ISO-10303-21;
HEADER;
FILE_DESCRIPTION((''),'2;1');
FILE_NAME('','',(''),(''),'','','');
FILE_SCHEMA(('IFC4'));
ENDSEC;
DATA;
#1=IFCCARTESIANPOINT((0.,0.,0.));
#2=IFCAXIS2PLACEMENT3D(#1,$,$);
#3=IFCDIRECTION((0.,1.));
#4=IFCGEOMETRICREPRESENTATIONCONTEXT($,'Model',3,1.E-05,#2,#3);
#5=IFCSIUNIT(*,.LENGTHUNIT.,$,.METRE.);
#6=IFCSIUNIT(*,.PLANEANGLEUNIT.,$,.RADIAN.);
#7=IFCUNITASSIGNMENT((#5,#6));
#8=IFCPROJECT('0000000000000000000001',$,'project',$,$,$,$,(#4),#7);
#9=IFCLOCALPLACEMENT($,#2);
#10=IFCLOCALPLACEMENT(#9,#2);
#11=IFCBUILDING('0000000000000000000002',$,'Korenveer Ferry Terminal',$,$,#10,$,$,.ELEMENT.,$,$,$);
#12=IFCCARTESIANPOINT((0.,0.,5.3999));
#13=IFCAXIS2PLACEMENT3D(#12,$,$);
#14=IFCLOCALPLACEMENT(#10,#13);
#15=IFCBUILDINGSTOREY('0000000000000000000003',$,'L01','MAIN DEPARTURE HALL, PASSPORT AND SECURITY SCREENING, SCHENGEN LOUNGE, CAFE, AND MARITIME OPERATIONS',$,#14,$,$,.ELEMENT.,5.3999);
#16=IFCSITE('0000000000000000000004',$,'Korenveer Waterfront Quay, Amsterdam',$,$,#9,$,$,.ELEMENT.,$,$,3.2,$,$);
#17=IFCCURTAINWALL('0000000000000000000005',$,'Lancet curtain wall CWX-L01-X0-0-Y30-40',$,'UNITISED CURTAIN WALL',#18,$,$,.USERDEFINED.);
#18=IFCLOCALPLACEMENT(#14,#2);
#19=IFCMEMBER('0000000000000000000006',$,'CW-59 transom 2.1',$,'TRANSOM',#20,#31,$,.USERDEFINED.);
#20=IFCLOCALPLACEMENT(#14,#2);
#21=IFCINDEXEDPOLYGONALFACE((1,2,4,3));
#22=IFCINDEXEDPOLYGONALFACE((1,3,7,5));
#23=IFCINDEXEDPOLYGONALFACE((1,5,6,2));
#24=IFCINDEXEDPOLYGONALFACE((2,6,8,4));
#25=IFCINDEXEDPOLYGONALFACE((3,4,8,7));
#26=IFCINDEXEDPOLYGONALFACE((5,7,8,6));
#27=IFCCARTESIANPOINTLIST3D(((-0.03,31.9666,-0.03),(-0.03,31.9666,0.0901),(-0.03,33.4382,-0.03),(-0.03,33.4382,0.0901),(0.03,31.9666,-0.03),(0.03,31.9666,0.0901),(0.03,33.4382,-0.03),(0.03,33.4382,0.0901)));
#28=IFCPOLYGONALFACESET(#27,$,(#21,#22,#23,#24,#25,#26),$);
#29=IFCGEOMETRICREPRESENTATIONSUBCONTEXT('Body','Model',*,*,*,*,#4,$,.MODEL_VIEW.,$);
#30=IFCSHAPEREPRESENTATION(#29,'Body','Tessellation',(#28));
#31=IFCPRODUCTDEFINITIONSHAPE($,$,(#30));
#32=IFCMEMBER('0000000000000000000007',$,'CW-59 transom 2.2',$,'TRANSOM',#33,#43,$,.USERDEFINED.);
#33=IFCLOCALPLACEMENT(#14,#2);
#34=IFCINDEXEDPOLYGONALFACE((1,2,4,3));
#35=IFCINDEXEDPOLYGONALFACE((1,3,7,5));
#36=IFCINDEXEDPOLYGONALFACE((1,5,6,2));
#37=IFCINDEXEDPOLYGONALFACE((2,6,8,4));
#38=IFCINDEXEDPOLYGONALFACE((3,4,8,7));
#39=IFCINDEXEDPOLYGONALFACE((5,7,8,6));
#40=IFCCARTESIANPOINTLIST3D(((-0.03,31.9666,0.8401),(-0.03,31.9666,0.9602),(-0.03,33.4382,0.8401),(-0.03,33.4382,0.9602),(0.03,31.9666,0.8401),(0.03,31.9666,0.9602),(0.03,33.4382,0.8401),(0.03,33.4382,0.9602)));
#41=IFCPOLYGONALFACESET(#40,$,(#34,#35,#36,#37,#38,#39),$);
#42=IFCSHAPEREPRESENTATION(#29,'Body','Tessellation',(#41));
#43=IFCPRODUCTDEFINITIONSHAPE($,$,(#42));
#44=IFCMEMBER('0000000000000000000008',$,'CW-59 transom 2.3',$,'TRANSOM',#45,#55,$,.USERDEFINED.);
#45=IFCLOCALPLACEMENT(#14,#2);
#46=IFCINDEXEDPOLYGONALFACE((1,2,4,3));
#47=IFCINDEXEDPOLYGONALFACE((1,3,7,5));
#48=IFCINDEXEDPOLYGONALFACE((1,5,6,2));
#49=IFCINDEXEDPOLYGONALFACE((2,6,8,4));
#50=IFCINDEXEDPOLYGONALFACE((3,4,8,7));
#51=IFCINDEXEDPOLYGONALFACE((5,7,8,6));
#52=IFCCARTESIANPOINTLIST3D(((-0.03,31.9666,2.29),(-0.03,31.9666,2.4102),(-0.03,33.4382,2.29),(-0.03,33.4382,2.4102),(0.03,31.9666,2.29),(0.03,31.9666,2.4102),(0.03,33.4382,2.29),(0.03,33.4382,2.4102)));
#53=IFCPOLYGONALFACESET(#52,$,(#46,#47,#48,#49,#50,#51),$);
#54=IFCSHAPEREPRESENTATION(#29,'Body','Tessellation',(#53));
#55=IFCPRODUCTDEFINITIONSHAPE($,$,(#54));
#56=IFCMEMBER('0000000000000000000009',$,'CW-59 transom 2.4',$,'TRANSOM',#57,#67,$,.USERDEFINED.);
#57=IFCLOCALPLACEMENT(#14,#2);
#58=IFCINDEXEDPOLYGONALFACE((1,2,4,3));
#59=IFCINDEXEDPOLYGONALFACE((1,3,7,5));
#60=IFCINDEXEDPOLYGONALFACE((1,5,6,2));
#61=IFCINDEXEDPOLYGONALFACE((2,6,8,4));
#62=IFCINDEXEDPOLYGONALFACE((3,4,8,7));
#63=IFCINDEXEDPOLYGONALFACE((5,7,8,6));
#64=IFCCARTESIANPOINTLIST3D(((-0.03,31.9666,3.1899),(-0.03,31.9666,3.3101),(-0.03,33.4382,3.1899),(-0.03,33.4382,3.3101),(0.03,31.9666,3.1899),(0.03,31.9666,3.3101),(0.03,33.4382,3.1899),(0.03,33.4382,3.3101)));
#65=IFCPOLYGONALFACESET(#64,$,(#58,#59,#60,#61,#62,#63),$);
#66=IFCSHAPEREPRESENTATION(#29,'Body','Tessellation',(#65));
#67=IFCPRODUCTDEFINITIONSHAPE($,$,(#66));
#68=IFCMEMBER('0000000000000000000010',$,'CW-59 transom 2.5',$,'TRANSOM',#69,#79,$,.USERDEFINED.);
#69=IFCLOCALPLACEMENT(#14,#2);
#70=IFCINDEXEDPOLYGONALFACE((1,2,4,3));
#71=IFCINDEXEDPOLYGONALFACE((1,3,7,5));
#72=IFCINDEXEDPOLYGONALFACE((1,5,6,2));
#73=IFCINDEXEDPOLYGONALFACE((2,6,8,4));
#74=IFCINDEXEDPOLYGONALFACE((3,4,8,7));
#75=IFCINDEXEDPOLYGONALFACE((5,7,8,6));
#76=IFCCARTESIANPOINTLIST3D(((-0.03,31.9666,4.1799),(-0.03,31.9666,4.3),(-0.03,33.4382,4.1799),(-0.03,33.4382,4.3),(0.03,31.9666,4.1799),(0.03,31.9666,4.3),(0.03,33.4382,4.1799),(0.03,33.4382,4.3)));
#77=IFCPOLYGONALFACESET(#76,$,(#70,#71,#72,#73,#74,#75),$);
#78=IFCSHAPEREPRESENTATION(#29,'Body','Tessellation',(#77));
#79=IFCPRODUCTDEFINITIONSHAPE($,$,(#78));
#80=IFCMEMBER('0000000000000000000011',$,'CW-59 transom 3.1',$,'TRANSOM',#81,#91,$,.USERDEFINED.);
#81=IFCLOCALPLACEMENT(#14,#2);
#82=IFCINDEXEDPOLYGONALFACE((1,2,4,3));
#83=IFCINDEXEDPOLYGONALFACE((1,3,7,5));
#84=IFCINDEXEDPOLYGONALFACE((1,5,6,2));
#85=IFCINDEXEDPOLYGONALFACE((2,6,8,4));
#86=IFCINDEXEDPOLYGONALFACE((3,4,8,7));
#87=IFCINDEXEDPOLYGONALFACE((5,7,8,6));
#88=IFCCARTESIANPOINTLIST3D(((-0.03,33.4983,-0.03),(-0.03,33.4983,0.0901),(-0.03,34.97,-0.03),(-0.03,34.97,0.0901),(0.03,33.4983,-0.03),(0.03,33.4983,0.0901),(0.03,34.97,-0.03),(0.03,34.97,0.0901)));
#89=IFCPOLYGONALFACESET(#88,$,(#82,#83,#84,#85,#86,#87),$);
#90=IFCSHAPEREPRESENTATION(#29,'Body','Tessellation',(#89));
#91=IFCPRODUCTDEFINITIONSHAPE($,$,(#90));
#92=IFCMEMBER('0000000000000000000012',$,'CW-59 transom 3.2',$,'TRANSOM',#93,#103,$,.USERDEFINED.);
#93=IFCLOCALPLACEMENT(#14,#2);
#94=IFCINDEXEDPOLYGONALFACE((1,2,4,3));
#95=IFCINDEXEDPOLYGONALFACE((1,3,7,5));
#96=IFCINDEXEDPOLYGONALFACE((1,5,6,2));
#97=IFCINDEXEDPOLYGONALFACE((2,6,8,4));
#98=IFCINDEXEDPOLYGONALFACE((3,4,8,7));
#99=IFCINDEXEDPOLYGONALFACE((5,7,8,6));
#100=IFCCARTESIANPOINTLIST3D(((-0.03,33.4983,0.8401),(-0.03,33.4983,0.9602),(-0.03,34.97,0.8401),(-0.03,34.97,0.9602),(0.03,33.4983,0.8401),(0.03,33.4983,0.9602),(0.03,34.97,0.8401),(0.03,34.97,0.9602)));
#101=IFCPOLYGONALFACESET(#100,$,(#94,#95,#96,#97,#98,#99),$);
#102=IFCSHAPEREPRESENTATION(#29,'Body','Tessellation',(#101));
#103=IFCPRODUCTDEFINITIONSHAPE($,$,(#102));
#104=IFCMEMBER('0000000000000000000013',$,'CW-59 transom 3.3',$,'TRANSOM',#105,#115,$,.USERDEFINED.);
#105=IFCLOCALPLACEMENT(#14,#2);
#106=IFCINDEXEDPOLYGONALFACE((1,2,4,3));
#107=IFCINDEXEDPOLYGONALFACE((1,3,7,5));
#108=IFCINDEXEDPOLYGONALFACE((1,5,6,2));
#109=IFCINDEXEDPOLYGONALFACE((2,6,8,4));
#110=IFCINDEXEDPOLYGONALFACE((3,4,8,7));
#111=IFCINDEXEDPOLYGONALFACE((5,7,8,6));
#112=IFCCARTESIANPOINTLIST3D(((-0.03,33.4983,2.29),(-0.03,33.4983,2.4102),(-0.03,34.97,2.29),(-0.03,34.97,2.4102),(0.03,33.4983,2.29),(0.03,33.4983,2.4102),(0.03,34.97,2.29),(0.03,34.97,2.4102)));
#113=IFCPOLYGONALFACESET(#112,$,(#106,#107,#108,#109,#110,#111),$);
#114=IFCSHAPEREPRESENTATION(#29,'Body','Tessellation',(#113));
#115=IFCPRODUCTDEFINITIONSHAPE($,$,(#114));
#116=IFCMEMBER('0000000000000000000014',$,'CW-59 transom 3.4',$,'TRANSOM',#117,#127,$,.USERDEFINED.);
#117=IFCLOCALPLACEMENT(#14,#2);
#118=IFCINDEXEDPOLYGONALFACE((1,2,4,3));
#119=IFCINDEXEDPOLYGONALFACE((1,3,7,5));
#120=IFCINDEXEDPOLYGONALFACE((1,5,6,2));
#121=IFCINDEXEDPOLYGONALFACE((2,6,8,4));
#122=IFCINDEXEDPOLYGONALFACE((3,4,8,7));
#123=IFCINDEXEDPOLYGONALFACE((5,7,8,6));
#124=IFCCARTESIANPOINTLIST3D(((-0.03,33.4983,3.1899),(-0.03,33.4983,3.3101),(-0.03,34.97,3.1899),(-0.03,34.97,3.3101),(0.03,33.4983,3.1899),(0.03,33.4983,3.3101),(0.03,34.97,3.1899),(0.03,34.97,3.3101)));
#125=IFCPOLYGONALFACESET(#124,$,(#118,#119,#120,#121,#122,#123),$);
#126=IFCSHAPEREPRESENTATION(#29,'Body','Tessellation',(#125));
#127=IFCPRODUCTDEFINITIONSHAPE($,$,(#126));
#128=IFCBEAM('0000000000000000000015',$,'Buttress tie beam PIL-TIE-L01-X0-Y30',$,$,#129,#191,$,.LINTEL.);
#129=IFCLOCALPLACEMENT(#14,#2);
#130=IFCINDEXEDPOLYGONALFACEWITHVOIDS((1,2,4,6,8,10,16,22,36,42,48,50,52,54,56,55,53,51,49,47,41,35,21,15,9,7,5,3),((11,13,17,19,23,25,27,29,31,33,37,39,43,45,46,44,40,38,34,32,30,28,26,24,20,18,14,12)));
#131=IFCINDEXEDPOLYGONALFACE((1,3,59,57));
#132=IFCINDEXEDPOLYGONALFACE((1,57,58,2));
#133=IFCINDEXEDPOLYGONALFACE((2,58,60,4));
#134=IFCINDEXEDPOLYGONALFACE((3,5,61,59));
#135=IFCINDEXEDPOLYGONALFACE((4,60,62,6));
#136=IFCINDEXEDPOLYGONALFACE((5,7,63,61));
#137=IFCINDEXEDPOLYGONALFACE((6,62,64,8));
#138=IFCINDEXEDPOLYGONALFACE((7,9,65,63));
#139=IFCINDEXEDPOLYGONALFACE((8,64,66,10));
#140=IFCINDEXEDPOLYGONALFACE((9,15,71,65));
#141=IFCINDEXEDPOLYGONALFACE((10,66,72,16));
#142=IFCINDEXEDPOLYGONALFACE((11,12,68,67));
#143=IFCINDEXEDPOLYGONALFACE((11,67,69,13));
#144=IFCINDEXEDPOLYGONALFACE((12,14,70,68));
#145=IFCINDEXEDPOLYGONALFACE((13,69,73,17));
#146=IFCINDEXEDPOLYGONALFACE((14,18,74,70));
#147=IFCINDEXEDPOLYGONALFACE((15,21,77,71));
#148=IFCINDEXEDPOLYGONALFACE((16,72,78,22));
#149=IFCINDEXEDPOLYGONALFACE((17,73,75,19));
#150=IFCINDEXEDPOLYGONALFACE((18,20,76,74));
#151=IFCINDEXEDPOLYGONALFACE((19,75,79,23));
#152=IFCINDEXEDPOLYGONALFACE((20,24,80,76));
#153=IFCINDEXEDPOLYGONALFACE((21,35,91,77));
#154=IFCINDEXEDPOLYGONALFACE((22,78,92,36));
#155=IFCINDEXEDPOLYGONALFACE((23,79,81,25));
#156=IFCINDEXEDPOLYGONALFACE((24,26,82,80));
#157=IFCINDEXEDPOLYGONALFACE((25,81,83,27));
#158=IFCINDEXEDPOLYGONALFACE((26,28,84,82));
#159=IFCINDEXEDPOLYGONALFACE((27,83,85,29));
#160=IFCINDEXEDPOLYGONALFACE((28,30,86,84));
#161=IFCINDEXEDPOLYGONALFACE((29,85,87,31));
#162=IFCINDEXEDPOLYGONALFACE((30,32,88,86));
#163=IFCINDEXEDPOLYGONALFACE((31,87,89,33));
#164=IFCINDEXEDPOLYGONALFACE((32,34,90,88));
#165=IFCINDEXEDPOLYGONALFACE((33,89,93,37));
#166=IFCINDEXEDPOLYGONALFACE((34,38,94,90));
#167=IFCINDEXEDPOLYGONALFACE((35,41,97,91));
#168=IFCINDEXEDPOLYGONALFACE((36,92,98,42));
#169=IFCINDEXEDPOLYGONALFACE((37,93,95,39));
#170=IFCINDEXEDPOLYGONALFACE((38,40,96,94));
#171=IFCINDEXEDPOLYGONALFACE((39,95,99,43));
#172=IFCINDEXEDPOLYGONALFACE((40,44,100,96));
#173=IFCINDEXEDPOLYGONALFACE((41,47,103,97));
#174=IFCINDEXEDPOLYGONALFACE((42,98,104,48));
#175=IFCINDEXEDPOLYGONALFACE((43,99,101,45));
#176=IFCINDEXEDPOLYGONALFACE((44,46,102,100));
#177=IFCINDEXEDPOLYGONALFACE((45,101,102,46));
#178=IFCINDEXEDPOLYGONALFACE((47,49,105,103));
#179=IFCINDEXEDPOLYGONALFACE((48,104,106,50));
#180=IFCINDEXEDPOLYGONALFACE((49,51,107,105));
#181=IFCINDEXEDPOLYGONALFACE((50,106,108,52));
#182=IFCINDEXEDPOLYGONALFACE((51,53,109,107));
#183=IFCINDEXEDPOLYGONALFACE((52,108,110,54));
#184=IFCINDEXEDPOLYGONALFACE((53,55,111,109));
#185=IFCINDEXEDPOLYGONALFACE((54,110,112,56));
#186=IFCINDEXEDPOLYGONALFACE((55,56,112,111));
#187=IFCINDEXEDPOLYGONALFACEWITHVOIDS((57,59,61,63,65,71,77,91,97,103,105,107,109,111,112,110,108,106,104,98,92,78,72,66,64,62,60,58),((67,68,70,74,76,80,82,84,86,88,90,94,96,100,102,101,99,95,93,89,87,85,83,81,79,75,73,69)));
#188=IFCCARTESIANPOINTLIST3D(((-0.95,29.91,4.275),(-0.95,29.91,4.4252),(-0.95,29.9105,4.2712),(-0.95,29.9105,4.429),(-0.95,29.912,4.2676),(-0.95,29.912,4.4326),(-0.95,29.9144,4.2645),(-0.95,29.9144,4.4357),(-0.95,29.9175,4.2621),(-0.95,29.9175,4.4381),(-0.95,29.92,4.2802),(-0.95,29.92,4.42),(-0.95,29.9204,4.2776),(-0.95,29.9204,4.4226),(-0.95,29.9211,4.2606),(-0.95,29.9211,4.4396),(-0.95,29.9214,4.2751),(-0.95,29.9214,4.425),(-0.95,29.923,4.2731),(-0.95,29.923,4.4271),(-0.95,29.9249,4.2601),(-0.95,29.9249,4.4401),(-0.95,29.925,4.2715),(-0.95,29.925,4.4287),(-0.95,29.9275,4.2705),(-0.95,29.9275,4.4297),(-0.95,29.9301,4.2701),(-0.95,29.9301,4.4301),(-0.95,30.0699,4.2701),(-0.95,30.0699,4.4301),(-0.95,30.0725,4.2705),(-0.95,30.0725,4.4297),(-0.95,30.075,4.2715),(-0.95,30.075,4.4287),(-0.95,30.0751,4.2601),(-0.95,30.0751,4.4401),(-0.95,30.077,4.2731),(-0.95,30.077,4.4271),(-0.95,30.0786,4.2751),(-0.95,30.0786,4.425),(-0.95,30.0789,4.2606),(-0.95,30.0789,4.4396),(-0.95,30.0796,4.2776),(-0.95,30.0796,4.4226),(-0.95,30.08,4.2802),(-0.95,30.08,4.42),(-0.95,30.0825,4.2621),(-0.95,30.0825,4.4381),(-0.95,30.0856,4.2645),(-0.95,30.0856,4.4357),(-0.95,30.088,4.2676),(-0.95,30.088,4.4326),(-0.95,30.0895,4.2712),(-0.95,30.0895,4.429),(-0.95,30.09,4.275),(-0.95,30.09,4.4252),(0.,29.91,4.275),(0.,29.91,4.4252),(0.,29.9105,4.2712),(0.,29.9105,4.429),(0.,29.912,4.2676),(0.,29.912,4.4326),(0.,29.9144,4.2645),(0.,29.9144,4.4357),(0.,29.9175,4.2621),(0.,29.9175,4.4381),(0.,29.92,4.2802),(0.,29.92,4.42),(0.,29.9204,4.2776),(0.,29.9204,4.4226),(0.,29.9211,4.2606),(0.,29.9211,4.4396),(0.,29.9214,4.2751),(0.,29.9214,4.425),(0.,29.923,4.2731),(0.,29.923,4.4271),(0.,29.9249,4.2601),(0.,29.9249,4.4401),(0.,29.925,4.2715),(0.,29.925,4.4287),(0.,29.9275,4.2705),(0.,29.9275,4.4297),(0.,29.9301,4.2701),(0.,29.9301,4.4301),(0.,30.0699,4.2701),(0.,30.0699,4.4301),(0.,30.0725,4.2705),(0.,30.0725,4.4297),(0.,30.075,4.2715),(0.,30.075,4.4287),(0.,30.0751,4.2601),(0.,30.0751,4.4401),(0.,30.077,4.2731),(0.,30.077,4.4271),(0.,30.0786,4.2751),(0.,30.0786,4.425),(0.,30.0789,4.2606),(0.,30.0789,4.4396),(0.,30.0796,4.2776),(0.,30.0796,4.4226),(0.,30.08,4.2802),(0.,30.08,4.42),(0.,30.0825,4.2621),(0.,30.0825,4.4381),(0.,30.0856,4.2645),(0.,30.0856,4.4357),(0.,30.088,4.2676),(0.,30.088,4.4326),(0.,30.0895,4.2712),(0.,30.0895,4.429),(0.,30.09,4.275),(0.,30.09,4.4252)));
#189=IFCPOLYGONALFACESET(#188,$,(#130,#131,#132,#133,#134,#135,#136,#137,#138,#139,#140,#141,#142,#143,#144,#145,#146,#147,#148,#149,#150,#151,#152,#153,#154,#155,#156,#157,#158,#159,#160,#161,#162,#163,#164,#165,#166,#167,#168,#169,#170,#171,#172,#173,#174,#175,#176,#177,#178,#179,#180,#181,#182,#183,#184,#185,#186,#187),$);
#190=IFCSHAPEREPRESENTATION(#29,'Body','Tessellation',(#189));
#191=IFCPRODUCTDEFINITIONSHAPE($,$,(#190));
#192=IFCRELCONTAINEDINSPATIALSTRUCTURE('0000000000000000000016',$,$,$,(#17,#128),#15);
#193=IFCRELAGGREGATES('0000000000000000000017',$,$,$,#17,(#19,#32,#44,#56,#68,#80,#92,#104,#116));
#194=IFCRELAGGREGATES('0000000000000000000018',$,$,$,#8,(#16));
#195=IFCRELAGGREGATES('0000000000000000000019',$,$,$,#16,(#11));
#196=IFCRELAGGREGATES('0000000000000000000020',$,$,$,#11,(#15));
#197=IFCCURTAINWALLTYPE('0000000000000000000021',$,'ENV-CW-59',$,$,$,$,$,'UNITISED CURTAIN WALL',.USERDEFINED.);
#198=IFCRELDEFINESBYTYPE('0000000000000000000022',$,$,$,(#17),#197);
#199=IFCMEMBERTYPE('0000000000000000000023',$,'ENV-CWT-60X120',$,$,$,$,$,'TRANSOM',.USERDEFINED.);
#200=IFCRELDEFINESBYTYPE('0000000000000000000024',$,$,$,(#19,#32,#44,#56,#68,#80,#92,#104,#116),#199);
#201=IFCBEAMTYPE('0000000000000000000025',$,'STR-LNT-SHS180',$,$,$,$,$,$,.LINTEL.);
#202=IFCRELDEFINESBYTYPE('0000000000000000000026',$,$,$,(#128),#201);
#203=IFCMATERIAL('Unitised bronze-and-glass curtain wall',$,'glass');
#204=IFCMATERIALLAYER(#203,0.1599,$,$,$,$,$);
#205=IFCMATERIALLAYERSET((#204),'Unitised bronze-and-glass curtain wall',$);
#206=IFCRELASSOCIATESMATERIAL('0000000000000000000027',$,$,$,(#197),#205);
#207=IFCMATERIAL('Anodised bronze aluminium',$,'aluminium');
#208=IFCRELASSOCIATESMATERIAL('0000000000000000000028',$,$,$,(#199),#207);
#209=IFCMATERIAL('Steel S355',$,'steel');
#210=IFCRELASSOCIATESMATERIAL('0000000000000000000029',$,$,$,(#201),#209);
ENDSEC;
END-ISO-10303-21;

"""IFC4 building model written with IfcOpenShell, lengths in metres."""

from ifc_helpers import new_model, si_unit, direction, frame, origin, origin_2d, place, context, subcontext, project, spatial, rectangle, hollow_rectangle, extrude, material, layer, layer_set, material_profile, profile_set, type_object, element, aggregate, save


model = new_model("IFC4")

# Units and contexts
model_context = context("Model", 3, precision=1e-05, world=origin(), true_north=direction((0.0, 1.0)))
body_context = subcontext(model_context, "Body", "Model", "MODEL_VIEW")
ifc_project = project(units=[si_unit("LENGTHUNIT", "METRE"), si_unit("PLANEANGLEUNIT", "RADIAN")], contexts=[model_context])

# Site, building, storey
site_placement = place(None, origin())
site = spatial("IfcSite", under=ifc_project, at=site_placement, Name="Korenveer Waterfront Quay, Amsterdam", CompositionType="ELEMENT", RefElevation=3.2)
building_placement = place(site_placement, origin())
building = spatial("IfcBuilding", under=site, at=building_placement, Name="Korenveer Ferry Terminal", CompositionType="ELEMENT")
storey_placement = place(building_placement, frame((0.0, 0.0, 5.3999)))
storey = spatial("IfcBuildingStorey", under=building, at=storey_placement, Name="L01", Description="MAIN DEPARTURE HALL, PASSPORT AND SECURITY SCREENING, SCHENGEN LOUNGE, CAFE, AND MARITIME OPERATIONS", CompositionType="ELEMENT", Elevation=5.3999)

# Shared definitions
ifc_material_1 = material(Name="Steel S355", Category="steel")

# Shared definitions
ifc_material_2 = material(Name="Unitised bronze-and-glass curtain wall", Category="glass")
ifc_material_3 = material(Name="Anodised bronze aluminium", Category="aluminium")

# Curtain wall, members
ifc_layer_1 = layer(ifc_material_2, 0.1599)
ifc_layer_set_1 = layer_set([ifc_layer_1], Name="Unitised bronze-and-glass curtain wall")
curtain_wall_type_1 = type_object("IfcCurtainWallType", Name="ENV-CW-59", ElementType="UNITISED CURTAIN WALL", PredefinedType="USERDEFINED", material=ifc_layer_set_1)
curtain_wall_1_placement = place(storey_placement, frame((0.0, 30.405, 0.0)))
curtain_wall_1 = element("IfcCurtainWall", 1, at=curtain_wall_1_placement, inside=storey, type_object=curtain_wall_type_1, Name="Lancet curtain wall CWX-L01-X0-0-Y30-40", ObjectType="UNITISED CURTAIN WALL", PredefinedType="USERDEFINED")
ifc_material_profile_1 = material_profile(ifc_material_3, rectangle(XDim=0.0601, YDim=0.1201, at=origin_2d()), Name="ALU 60x120")
ifc_profile_set_1 = profile_set([ifc_material_profile_1], Name="Anodised bronze aluminium")
member_type_1 = type_object("IfcMemberType", Name="ENV-CWT-60X120", ElementType="TRANSOM", PredefinedType="USERDEFINED", material=ifc_profile_set_1)
member_1_placement = place(storey_placement, frame((0.0, 31.9666, 0.03), z_axis=(0.0, 1.0, 0.0), x_axis=(-1.0, 0.0, 0.0)))
member_1 = element("IfcMember", 2, at=member_1_placement, type_object=member_type_1, Name="CW-59 transom 2.1", ObjectType="TRANSOM", PredefinedType="USERDEFINED", context=body_context, shape_type="SweptSolid", body=[
    extrude(rectangle(XDim=0.0601, YDim=0.1201, at=origin_2d()), origin(), (0.0, 0.0, 1.0), 1.4717),
])
member_2_placement = place(storey_placement, frame((0.0, 31.9666, 0.9001), z_axis=(0.0, 1.0, 0.0), x_axis=(-1.0, 0.0, 0.0)))
member_2 = element("IfcMember", 3, at=member_2_placement, type_object=member_type_1, Name="CW-59 transom 2.2", ObjectType="TRANSOM", PredefinedType="USERDEFINED", context=body_context, shape_type="SweptSolid", body=[
    extrude(rectangle(XDim=0.0601, YDim=0.1201, at=origin_2d()), origin(), (0.0, 0.0, 1.0), 1.4717),
])
member_3_placement = place(storey_placement, frame((0.0, 31.9666, 2.3501), z_axis=(0.0, 1.0, 0.0), x_axis=(-1.0, 0.0, 0.0)))
member_3 = element("IfcMember", 4, at=member_3_placement, type_object=member_type_1, Name="CW-59 transom 2.3", ObjectType="TRANSOM", PredefinedType="USERDEFINED", context=body_context, shape_type="SweptSolid", body=[
    extrude(rectangle(XDim=0.0601, YDim=0.1201, at=origin_2d()), origin(), (0.0, 0.0, 1.0), 1.4717),
])
member_4_placement = place(storey_placement, frame((0.0, 31.9666, 3.25), z_axis=(0.0, 1.0, 0.0), x_axis=(-1.0, 0.0, 0.0)))
member_4 = element("IfcMember", 5, at=member_4_placement, type_object=member_type_1, Name="CW-59 transom 2.4", ObjectType="TRANSOM", PredefinedType="USERDEFINED", context=body_context, shape_type="SweptSolid", body=[
    extrude(rectangle(XDim=0.0601, YDim=0.1201, at=origin_2d()), origin(), (0.0, 0.0, 1.0), 1.4717),
])
member_5_placement = place(storey_placement, frame((0.0, 31.9666, 4.24), z_axis=(0.0, 1.0, 0.0), x_axis=(-1.0, 0.0, 0.0)))
member_5 = element("IfcMember", 6, at=member_5_placement, type_object=member_type_1, Name="CW-59 transom 2.5", ObjectType="TRANSOM", PredefinedType="USERDEFINED", context=body_context, shape_type="SweptSolid", body=[
    extrude(rectangle(XDim=0.0601, YDim=0.1201, at=origin_2d()), origin(), (0.0, 0.0, 1.0), 1.4717),
])
member_6_placement = place(storey_placement, frame((0.0, 33.4983, 0.03), z_axis=(0.0, 1.0, 0.0), x_axis=(-1.0, 0.0, 0.0)))
member_6 = element("IfcMember", 7, at=member_6_placement, type_object=member_type_1, Name="CW-59 transom 3.1", ObjectType="TRANSOM", PredefinedType="USERDEFINED", context=body_context, shape_type="SweptSolid", body=[
    extrude(rectangle(XDim=0.0601, YDim=0.1201, at=origin_2d()), origin(), (0.0, 0.0, 1.0), 1.4717),
])
member_7_placement = place(storey_placement, frame((0.0, 33.4983, 0.9001), z_axis=(0.0, 1.0, 0.0), x_axis=(-1.0, 0.0, 0.0)))
member_7 = element("IfcMember", 8, at=member_7_placement, type_object=member_type_1, Name="CW-59 transom 3.2", ObjectType="TRANSOM", PredefinedType="USERDEFINED", context=body_context, shape_type="SweptSolid", body=[
    extrude(rectangle(XDim=0.0601, YDim=0.1201, at=origin_2d()), origin(), (0.0, 0.0, 1.0), 1.4717),
])
member_8_placement = place(storey_placement, frame((0.0, 33.4983, 2.3501), z_axis=(0.0, 1.0, 0.0), x_axis=(-1.0, 0.0, 0.0)))
member_8 = element("IfcMember", 9, at=member_8_placement, type_object=member_type_1, Name="CW-59 transom 3.3", ObjectType="TRANSOM", PredefinedType="USERDEFINED", context=body_context, shape_type="SweptSolid", body=[
    extrude(rectangle(XDim=0.0601, YDim=0.1201, at=origin_2d()), origin(), (0.0, 0.0, 1.0), 1.4717),
])
member_9_placement = place(storey_placement, frame((0.0, 33.4983, 3.25), z_axis=(0.0, 1.0, 0.0), x_axis=(-1.0, 0.0, 0.0)))
member_9 = element("IfcMember", 10, at=member_9_placement, type_object=member_type_1, Name="CW-59 transom 3.4", ObjectType="TRANSOM", PredefinedType="USERDEFINED", context=body_context, shape_type="SweptSolid", body=[
    extrude(rectangle(XDim=0.0601, YDim=0.1201, at=origin_2d()), origin(), (0.0, 0.0, 1.0), 1.4717),
])

# Beam
ifc_material_profile_2 = material_profile(ifc_material_1, hollow_rectangle(XDim=0.1799, YDim=0.1799, WallThickness=0.01, InnerFilletRadius=0.01, OuterFilletRadius=0.0149, at=origin_2d()), Name="SHS 180x180x10")
ifc_profile_set_2 = profile_set([ifc_material_profile_2], Name="Steel S355")
beam_type_1 = type_object("IfcBeamType", Name="STR-LNT-SHS180", PredefinedType="LINTEL", material=ifc_profile_set_2)
beam_1_placement = place(storey_placement, frame((-0.95, 30.0, 4.3501), z_axis=(1.0, 0.0, 0.0), x_axis=(0.0, 1.0, 0.0)))
element("IfcBeam", 11, at=beam_1_placement, inside=storey, type_object=beam_type_1, Name="Buttress tie beam PIL-TIE-L01-X0-Y30", PredefinedType="LINTEL", context=body_context, shape_type="SweptSolid", body=[
    extrude(hollow_rectangle(XDim=0.1799, YDim=0.1799, WallThickness=0.01, InnerFilletRadius=0.01, OuterFilletRadius=0.0149, at=origin_2d()), origin(), (0.0, 0.0, 1.0), 0.95),
])

aggregate(curtain_wall_1, [member_1, member_2, member_3, member_4, member_5, member_6, member_7, member_8, member_9])

save(model, "model.ifc")
